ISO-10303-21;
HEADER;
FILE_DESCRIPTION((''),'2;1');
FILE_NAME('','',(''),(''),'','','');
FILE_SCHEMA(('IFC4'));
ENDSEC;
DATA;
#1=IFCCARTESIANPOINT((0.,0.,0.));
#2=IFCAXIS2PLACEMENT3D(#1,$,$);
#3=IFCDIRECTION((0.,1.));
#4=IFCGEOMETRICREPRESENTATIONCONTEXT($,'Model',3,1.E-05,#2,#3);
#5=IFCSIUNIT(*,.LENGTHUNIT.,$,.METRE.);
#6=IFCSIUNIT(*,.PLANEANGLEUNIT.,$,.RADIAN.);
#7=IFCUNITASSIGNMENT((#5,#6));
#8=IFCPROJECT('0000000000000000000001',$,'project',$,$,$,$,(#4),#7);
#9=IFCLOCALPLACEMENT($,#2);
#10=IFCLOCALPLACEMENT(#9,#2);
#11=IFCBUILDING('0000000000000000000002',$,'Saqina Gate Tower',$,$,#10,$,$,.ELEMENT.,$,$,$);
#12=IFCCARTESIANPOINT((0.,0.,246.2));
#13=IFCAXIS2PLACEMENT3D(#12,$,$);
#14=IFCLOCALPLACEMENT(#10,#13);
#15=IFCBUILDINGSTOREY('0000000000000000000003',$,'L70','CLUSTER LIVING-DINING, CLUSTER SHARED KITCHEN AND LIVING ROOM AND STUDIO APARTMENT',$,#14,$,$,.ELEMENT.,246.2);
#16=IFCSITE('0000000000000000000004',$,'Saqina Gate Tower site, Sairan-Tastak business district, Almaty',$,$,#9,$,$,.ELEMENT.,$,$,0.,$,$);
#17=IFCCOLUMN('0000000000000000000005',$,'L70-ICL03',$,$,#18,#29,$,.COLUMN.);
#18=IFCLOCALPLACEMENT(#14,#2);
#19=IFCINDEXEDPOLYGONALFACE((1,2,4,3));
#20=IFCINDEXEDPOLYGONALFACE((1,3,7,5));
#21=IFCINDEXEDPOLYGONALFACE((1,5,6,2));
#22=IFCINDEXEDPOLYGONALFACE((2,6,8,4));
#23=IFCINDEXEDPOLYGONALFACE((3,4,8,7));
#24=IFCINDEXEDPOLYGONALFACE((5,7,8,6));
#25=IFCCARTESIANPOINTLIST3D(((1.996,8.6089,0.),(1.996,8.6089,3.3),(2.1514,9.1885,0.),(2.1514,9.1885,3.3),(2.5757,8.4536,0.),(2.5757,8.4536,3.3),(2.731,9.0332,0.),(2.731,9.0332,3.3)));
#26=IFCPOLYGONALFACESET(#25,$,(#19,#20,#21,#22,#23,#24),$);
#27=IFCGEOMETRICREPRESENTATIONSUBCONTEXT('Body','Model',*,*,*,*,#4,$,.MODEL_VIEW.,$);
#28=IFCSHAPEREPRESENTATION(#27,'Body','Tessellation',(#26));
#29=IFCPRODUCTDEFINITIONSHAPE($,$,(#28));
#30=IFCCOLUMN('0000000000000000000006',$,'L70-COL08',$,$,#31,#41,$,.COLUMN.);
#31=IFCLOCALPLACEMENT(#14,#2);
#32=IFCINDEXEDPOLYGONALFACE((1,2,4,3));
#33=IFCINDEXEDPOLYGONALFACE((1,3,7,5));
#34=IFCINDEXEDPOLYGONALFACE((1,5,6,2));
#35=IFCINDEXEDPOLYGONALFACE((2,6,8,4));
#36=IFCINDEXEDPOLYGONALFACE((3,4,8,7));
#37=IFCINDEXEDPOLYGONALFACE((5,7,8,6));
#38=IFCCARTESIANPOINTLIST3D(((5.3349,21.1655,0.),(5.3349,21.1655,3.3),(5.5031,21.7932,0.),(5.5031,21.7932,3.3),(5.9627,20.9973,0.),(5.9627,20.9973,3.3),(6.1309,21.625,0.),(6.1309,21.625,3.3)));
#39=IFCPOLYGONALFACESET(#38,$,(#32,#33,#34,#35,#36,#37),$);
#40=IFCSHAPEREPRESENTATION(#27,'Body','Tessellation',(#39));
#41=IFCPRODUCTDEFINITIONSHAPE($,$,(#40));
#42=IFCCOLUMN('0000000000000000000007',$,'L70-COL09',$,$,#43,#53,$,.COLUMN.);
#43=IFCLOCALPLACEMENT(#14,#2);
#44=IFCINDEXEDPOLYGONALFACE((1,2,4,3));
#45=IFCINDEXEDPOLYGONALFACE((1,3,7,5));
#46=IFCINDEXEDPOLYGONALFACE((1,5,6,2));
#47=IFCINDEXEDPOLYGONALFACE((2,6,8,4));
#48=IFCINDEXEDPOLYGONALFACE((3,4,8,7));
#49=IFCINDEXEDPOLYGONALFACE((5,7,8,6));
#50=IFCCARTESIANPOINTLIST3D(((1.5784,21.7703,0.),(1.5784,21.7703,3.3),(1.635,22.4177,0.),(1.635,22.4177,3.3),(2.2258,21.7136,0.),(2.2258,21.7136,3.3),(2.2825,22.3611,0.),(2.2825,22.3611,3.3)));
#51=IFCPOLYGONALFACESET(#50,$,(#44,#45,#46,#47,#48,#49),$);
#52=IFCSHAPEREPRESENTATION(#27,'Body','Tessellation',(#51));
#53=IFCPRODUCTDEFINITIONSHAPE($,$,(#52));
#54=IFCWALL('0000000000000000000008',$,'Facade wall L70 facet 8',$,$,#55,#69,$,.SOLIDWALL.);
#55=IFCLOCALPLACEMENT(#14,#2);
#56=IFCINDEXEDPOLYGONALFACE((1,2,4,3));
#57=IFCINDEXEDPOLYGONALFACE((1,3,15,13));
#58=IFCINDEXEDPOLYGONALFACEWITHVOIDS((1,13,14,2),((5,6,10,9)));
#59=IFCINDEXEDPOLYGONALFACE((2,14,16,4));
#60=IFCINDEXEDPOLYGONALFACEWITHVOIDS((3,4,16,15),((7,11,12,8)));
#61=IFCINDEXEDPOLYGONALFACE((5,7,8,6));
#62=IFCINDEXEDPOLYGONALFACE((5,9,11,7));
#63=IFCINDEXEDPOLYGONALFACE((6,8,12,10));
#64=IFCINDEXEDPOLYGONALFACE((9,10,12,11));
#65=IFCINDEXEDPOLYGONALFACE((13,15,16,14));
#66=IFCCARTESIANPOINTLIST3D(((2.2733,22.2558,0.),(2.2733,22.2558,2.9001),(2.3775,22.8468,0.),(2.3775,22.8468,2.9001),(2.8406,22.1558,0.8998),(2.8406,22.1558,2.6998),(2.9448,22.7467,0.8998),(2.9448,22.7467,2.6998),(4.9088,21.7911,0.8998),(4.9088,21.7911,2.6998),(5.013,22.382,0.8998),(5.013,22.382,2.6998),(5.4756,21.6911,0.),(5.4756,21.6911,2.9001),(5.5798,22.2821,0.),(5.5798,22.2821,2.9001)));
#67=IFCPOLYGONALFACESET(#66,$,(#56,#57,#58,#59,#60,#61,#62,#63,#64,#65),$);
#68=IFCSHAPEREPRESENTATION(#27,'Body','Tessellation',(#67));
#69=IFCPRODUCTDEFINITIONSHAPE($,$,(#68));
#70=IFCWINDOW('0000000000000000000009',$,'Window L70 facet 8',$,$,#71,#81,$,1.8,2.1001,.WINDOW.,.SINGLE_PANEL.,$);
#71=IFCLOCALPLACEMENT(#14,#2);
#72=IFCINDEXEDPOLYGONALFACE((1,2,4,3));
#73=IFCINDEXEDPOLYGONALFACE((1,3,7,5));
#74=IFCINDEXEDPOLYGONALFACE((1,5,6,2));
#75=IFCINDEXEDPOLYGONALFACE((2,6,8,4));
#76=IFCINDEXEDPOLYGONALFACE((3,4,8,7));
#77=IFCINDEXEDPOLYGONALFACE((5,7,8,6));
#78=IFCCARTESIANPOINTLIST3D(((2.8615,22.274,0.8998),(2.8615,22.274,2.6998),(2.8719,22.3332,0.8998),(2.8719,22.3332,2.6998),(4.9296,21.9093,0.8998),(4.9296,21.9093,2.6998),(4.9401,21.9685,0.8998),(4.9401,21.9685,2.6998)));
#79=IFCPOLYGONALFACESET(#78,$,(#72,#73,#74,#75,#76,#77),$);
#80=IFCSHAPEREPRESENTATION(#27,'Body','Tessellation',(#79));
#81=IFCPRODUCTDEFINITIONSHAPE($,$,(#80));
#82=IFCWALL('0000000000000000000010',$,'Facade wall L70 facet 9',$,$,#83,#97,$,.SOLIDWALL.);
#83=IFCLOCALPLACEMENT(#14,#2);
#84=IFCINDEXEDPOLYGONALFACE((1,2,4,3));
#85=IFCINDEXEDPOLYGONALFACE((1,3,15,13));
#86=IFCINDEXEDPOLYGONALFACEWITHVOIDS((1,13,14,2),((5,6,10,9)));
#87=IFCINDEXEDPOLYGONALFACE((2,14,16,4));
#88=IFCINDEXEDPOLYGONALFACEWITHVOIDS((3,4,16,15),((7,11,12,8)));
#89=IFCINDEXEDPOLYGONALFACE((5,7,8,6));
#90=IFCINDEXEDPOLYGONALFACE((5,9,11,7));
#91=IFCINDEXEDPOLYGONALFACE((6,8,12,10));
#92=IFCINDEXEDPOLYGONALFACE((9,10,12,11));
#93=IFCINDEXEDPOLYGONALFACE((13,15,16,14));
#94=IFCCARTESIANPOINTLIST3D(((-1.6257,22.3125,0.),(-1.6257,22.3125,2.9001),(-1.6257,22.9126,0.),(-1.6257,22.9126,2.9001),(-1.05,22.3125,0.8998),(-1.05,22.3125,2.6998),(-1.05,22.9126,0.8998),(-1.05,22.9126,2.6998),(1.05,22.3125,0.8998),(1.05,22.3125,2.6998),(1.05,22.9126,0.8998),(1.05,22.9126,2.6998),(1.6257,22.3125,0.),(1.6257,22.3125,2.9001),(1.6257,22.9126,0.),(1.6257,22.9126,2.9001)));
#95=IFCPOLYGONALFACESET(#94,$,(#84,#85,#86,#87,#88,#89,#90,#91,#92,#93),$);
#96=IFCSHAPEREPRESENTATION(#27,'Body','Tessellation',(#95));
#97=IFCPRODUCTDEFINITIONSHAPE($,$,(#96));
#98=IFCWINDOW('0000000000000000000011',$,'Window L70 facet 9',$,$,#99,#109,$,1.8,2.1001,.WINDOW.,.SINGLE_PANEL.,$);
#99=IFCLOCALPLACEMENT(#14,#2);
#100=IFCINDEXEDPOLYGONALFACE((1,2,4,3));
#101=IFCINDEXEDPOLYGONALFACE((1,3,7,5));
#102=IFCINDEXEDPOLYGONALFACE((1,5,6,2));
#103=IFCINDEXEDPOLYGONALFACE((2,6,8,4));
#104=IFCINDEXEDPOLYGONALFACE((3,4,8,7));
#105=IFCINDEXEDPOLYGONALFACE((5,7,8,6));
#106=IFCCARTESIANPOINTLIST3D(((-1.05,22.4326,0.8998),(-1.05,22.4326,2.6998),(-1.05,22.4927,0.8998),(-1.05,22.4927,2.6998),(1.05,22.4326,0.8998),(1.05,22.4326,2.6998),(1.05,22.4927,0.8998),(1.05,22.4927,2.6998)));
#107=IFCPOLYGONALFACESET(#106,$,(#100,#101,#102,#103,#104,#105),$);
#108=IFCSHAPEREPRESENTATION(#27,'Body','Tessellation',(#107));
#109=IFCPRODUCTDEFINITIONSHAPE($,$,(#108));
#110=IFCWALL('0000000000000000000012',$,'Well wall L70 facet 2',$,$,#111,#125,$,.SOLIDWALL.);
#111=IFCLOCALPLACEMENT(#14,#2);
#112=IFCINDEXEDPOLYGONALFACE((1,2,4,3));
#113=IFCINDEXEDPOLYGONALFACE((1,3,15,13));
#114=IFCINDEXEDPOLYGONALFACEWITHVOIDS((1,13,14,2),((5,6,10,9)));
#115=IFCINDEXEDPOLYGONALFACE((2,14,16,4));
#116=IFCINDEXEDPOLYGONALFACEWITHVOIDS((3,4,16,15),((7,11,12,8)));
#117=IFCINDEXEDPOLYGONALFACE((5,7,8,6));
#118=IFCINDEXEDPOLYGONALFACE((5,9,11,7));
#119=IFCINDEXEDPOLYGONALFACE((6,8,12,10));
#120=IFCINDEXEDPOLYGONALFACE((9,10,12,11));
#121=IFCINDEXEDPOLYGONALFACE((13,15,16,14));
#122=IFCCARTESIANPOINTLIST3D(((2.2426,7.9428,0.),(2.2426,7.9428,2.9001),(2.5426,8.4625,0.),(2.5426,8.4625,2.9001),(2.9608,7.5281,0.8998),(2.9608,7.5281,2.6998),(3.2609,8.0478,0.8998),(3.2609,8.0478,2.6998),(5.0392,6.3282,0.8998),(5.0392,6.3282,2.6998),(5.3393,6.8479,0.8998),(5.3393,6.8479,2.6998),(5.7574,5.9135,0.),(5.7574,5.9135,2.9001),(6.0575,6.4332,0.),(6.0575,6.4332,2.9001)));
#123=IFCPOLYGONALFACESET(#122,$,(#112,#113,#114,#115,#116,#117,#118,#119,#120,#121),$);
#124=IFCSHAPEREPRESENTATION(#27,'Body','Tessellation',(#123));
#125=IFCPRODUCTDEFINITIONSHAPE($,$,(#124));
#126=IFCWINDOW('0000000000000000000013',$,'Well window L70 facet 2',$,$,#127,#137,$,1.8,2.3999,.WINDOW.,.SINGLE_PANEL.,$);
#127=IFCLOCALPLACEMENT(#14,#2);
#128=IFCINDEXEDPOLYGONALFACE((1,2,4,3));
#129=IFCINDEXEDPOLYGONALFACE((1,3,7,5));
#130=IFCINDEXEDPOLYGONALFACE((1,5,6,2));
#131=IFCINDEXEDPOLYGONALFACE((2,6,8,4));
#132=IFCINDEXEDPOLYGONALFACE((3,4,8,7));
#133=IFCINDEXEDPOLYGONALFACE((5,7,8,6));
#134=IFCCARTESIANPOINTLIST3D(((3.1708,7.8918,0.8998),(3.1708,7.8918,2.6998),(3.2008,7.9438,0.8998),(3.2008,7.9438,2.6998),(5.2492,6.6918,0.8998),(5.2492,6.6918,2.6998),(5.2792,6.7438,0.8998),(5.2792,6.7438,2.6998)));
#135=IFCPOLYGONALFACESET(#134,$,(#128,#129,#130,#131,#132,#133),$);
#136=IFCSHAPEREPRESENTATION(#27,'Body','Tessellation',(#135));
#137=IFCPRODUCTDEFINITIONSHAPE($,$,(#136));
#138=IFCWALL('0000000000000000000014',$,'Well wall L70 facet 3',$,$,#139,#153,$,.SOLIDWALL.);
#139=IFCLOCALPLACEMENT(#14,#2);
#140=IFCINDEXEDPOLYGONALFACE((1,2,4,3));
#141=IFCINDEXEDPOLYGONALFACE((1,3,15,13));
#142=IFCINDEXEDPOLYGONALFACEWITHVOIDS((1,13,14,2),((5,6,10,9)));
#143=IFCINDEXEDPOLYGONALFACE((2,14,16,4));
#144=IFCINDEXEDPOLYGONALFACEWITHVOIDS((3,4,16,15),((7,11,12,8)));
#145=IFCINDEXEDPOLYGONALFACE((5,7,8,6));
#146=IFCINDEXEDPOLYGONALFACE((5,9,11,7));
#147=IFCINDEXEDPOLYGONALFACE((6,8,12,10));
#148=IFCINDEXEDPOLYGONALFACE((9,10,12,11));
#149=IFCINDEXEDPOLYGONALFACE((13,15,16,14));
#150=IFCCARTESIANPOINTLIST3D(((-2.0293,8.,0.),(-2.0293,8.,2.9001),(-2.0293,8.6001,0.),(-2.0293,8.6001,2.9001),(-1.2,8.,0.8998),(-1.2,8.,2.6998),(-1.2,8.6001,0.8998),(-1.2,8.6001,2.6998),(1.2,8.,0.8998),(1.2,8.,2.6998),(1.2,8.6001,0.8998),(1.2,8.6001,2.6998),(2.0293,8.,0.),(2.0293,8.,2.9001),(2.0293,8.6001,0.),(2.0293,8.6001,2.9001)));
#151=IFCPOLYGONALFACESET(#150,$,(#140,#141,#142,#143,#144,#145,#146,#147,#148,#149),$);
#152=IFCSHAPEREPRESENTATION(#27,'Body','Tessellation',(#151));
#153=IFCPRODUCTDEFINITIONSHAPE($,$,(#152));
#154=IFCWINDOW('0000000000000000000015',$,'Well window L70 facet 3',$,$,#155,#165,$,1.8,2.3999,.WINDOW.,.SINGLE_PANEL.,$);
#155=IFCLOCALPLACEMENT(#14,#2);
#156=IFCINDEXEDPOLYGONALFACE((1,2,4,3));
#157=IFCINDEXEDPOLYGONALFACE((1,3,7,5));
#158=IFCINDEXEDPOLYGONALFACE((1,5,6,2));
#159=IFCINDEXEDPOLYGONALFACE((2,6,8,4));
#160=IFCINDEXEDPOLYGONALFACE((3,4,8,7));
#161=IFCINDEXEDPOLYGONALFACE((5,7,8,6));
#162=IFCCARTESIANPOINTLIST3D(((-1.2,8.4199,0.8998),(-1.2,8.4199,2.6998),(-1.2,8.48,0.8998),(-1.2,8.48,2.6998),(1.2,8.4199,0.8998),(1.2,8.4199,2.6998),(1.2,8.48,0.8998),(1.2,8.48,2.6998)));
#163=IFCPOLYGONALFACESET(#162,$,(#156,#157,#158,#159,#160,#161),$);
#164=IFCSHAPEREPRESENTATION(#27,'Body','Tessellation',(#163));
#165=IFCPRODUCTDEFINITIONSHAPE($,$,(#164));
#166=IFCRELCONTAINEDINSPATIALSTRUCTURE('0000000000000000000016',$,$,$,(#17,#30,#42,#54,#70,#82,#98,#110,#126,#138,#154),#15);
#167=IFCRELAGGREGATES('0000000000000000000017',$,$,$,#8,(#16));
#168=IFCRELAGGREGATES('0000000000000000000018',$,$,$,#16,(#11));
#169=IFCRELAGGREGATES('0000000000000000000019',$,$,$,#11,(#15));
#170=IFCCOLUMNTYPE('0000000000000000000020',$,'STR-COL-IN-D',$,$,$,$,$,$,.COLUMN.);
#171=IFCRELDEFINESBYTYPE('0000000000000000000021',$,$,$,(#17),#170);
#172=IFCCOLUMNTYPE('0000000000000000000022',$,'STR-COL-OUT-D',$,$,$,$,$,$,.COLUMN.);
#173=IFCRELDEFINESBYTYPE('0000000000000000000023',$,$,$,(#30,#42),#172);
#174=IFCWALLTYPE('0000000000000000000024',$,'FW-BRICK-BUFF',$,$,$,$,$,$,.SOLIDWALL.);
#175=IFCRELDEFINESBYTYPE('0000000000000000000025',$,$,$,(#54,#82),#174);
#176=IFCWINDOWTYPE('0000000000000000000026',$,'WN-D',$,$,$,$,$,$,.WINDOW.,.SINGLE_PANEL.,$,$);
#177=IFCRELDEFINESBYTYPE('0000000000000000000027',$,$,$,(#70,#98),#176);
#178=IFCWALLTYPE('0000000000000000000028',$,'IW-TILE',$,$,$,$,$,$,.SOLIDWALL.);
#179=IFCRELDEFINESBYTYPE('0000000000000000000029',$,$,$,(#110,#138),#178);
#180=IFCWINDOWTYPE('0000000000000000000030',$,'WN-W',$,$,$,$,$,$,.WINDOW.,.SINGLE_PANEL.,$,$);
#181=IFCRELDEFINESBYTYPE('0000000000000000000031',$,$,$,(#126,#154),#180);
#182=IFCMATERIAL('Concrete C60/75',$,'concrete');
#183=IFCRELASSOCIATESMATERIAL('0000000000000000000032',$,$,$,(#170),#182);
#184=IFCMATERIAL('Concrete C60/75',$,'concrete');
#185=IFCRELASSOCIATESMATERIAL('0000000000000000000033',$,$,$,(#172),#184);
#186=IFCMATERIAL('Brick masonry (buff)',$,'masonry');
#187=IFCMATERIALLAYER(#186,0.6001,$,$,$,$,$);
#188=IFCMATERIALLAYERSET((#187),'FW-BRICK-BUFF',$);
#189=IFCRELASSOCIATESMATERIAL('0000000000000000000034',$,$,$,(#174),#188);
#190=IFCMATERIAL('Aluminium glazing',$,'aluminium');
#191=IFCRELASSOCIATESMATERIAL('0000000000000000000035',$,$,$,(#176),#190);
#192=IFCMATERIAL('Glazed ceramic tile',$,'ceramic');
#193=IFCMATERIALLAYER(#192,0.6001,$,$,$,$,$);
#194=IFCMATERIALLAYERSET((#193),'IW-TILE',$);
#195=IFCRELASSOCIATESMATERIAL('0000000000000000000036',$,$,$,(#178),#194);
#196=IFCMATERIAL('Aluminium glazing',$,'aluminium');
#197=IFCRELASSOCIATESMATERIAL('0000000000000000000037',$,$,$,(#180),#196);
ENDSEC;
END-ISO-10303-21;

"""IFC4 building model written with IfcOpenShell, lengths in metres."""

from ifc_helpers import new_model, si_unit, direction, frame, frame_2d, origin, origin_2d, place, context, subcontext, project, spatial, rectangle, extrude, material, layer, layer_set, material_profile, profile_set, type_object, element, fill, save


model = new_model("IFC4")

# Units and contexts
model_context = context("Model", 3, precision=1e-05, world=origin(), true_north=direction((0.0, 1.0)))
body_context = subcontext(model_context, "Body", "Model", "MODEL_VIEW")
ifc_project = project(units=[si_unit("LENGTHUNIT", "METRE"), si_unit("PLANEANGLEUNIT", "RADIAN")], contexts=[model_context])

# Site, building, storey
site_placement = place(None, origin())
site = spatial("IfcSite", under=ifc_project, at=site_placement, Name="Saqina Gate Tower site, Sairan-Tastak business district, Almaty", CompositionType="ELEMENT", RefElevation=0.0)
building_placement = place(site_placement, origin())
building = spatial("IfcBuilding", under=site, at=building_placement, Name="Saqina Gate Tower", CompositionType="ELEMENT")
storey_placement = place(building_placement, frame((0.0, 0.0, 246.2)))
storey = spatial("IfcBuildingStorey", under=building, at=storey_placement, Name="L70", Description="CLUSTER LIVING-DINING, CLUSTER SHARED KITCHEN AND LIVING ROOM AND STUDIO APARTMENT", CompositionType="ELEMENT", Elevation=246.2)

# Columns
ifc_material_1 = material(Name="Concrete C60/75", Category="concrete")
ifc_material_profile_1 = material_profile(ifc_material_1, rectangle(XDim=0.6001, YDim=0.6001, at=origin_2d()), Name="RC 600x600")
ifc_profile_set_1 = profile_set([ifc_material_profile_1], Name="Concrete C60/75")
column_type_1 = type_object("IfcColumnType", Name="STR-COL-IN-D", PredefinedType="COLUMN", material=ifc_profile_set_1)
column_placement = place(storey_placement, frame((2.3635, 8.821, 0.0), z_axis=(0.0, 0.0, 1.0), x_axis=(0.258819, 0.965926, 0.0)))
element("IfcColumn", 1, at=column_placement, inside=storey, type_object=column_type_1, Name="L70-ICL03", PredefinedType="COLUMN", context=body_context, shape_type="SweptSolid", body=[
    extrude(rectangle(XDim=0.6001, YDim=0.6001, at=origin_2d()), origin(), (0.0, 0.0, 1.0), 3.3),
])
ifc_material_2 = material(Name="Concrete C60/75", Category="concrete")
ifc_material_profile_2 = material_profile(ifc_material_2, rectangle(XDim=0.6499, YDim=0.6499, at=origin_2d()), Name="RC 650x650")
ifc_profile_set_2 = profile_set([ifc_material_profile_2], Name="Concrete C60/75")
column_type_2 = type_object("IfcColumnType", Name="STR-COL-OUT-D", PredefinedType="COLUMN", material=ifc_profile_set_2)
for number, where, z_axis, x_axis, name in (
    (2, (5.7329, 21.3953, 0.0), (0.0, 0.0, 1.0), (0.258819, 0.965926, 0.0), "L70-COL08"),
    (3, (1.9304, 22.0657, 0.0), (0.0, 0.0, 1.0), (0.087156, 0.996195, 0.0), "L70-COL09"),
):
    element("IfcColumn", number, at=place(storey_placement, frame(where, z_axis=z_axis, x_axis=x_axis)), inside=storey, type_object=column_type_2, Name=name, PredefinedType="COLUMN", context=body_context, shape_type="SweptSolid", body=[
        extrude(rectangle(XDim=0.6499, YDim=0.6499, at=origin_2d()), origin(), (0.0, 0.0, 1.0), 3.3),
    ])

# Walls, openings, windows
ifc_material_3 = material(Name="Brick masonry (buff)", Category="masonry")
ifc_layer_1 = layer(ifc_material_3, 0.6001)
ifc_layer_set_1 = layer_set([ifc_layer_1], Name="FW-BRICK-BUFF")
wall_type_1 = type_object("IfcWallType", Name="FW-BRICK-BUFF", PredefinedType="SOLIDWALL", material=ifc_layer_set_1)
wall_1_placement = place(storey_placement, frame((5.5278, 21.9866, 0.0), z_axis=(0.0, 0.0, 1.0), x_axis=(-0.984806, 0.173657, 0.0)))
wall_1 = element("IfcWall", 4, at=wall_1_placement, inside=storey, type_object=wall_type_1, Name="Facade wall L70 facet 8", PredefinedType="SOLIDWALL", context=body_context, shape_type="SweptSolid", body=[
    extrude(rectangle(XDim=3.2517, YDim=0.6001, at=frame_2d((1.626, 0.0))), origin(), (0.0, 0.0, 1.0), 2.9001),
])
opening_1_placement = place(wall_1_placement, frame((0.5757, 0.0, 0.8999)))
opening_1 = element("IfcOpeningElement", 5, at=opening_1_placement, cuts=wall_1, PredefinedType="OPENING", context=body_context, shape_type="SweptSolid", body=[
    extrude(rectangle(XDim=2.1001, YDim=1.8, at=frame_2d((1.05, 0.8999))), frame((0.0, 0.312, 0.0), z_axis=(0.0, -1.0, 0.0), x_axis=(1.0, 0.0, 0.0)), (0.0, 0.0, 1.0), 0.624),
])
ifc_material_4 = material(Name="Aluminium glazing", Category="aluminium")
window_type_1 = type_object("IfcWindowType", Name="WN-D", PartitioningType="SINGLE_PANEL", PredefinedType="WINDOW", material=ifc_material_4)
window_1_placement = place(opening_1_placement, origin())
window_1 = element("IfcWindow", 6, at=window_1_placement, inside=storey, type_object=window_type_1, Name="Window L70 facet 8", OverallHeight=1.8, OverallWidth=2.1001, PartitioningType="SINGLE_PANEL", PredefinedType="WINDOW", context=body_context, shape_type="SweptSolid", body=[
    extrude(rectangle(XDim=2.1001, YDim=1.8, at=frame_2d((1.05, 0.8999))), frame((0.0, 0.1799, 0.0), z_axis=(0.0, -1.0, 0.0), x_axis=(1.0, 0.0, 0.0)), (0.0, 0.0, 1.0), 0.0601),
])
fill(opening_1, window_1)
wall_2_placement = place(storey_placement, frame((1.6257, 22.6125, 0.0), z_axis=(0.0, 0.0, 1.0), x_axis=(-1.0, 0.0, 0.0)))
wall_2 = element("IfcWall", 7, at=wall_2_placement, inside=storey, type_object=wall_type_1, Name="Facade wall L70 facet 9", PredefinedType="SOLIDWALL", context=body_context, shape_type="SweptSolid", body=[
    extrude(rectangle(XDim=3.2515, YDim=0.6001, at=frame_2d((1.6257, 0.0))), origin(), (0.0, 0.0, 1.0), 2.9001),
])
opening_2_placement = place(wall_2_placement, frame((0.5757, 0.0, 0.8999)))
opening_2 = element("IfcOpeningElement", 8, at=opening_2_placement, cuts=wall_2, PredefinedType="OPENING", context=body_context, shape_type="SweptSolid", body=[
    extrude(rectangle(XDim=2.1001, YDim=1.8, at=frame_2d((1.05, 0.8999))), frame((0.0, 0.312, 0.0), z_axis=(0.0, -1.0, 0.0), x_axis=(1.0, 0.0, 0.0)), (0.0, 0.0, 1.0), 0.624),
])
window_2_placement = place(opening_2_placement, origin())
window_2 = element("IfcWindow", 9, at=window_2_placement, inside=storey, type_object=window_type_1, Name="Window L70 facet 9", OverallHeight=1.8, OverallWidth=2.1001, PartitioningType="SINGLE_PANEL", PredefinedType="WINDOW", context=body_context, shape_type="SweptSolid", body=[
    extrude(rectangle(XDim=2.1001, YDim=1.8, at=frame_2d((1.05, 0.8999))), frame((0.0, 0.1799, 0.0), z_axis=(0.0, -1.0, 0.0), x_axis=(1.0, 0.0, 0.0)), (0.0, 0.0, 1.0), 0.0601),
])
fill(opening_2, window_2)
ifc_material_5 = material(Name="Glazed ceramic tile", Category="ceramic")
ifc_layer_2 = layer(ifc_material_5, 0.6001)
ifc_layer_set_2 = layer_set([ifc_layer_2], Name="IW-TILE")
wall_type_2 = type_object("IfcWallType", Name="IW-TILE", PredefinedType="SOLIDWALL", material=ifc_layer_set_2)
wall_3_placement = place(storey_placement, frame((5.9075, 6.1733, 0.0), z_axis=(0.0, 0.0, 1.0), x_axis=(-0.866028, 0.499995, 0.0)))
wall_3 = element("IfcWall", 10, at=wall_3_placement, inside=storey, type_object=wall_type_2, Name="Well wall L70 facet 2", PredefinedType="SOLIDWALL", context=body_context, shape_type="SweptSolid", body=[
    extrude(rectangle(XDim=4.0586, YDim=0.6001, at=frame_2d((2.0293, 0.0))), origin(), (0.0, 0.0, 1.0), 2.9001),
])
opening_3_placement = place(wall_3_placement, frame((0.8293, 0.0, 0.8999)))
opening_3 = element("IfcOpeningElement", 11, at=opening_3_placement, cuts=wall_3, PredefinedType="OPENING", context=body_context, shape_type="SweptSolid", body=[
    extrude(rectangle(XDim=2.3999, YDim=1.8, at=frame_2d((1.2, 0.8999))), frame((0.0, 0.312, 0.0), z_axis=(0.0, -1.0, 0.0), x_axis=(1.0, 0.0, 0.0)), (0.0, 0.0, 1.0), 0.624),
])
ifc_material_6 = material(Name="Aluminium glazing", Category="aluminium")
window_type_2 = type_object("IfcWindowType", Name="WN-W", PartitioningType="SINGLE_PANEL", PredefinedType="WINDOW", material=ifc_material_6)
window_3_placement = place(opening_3_placement, origin())
window_3 = element("IfcWindow", 12, at=window_3_placement, inside=storey, type_object=window_type_2, Name="Well window L70 facet 2", OverallHeight=1.8, OverallWidth=2.3999, PartitioningType="SINGLE_PANEL", PredefinedType="WINDOW", context=body_context, shape_type="SweptSolid", body=[
    extrude(rectangle(XDim=2.3999, YDim=1.8, at=frame_2d((1.2, 0.8999))), frame((0.0, -0.1199, 0.0), z_axis=(0.0, -1.0, 0.0), x_axis=(1.0, 0.0, 0.0)), (0.0, 0.0, 1.0), 0.0601),
])
fill(opening_3, window_3)
wall_4_placement = place(storey_placement, frame((2.0293, 8.3, 0.0), z_axis=(0.0, 0.0, 1.0), x_axis=(-1.0, 0.0, 0.0)))
wall_4 = element("IfcWall", 13, at=wall_4_placement, inside=storey, type_object=wall_type_2, Name="Well wall L70 facet 3", PredefinedType="SOLIDWALL", context=body_context, shape_type="SweptSolid", body=[
    extrude(rectangle(XDim=4.0586, YDim=0.6001, at=frame_2d((2.0293, 0.0))), origin(), (0.0, 0.0, 1.0), 2.9001),
])
opening_4_placement = place(wall_4_placement, frame((0.8293, 0.0, 0.8999)))
opening_4 = element("IfcOpeningElement", 14, at=opening_4_placement, cuts=wall_4, PredefinedType="OPENING", context=body_context, shape_type="SweptSolid", body=[
    extrude(rectangle(XDim=2.3999, YDim=1.8, at=frame_2d((1.2, 0.8999))), frame((0.0, 0.312, 0.0), z_axis=(0.0, -1.0, 0.0), x_axis=(1.0, 0.0, 0.0)), (0.0, 0.0, 1.0), 0.624),
])
window_4_placement = place(opening_4_placement, origin())
window_4 = element("IfcWindow", 15, at=window_4_placement, inside=storey, type_object=window_type_2, Name="Well window L70 facet 3", OverallHeight=1.8, OverallWidth=2.3999, PartitioningType="SINGLE_PANEL", PredefinedType="WINDOW", context=body_context, shape_type="SweptSolid", body=[
    extrude(rectangle(XDim=2.3999, YDim=1.8, at=frame_2d((1.2, 0.8999))), frame((0.0, -0.1199, 0.0), z_axis=(0.0, -1.0, 0.0), x_axis=(1.0, 0.0, 0.0)), (0.0, 0.0, 1.0), 0.0601),
])
fill(opening_4, window_4)

save(model, "model.ifc")
